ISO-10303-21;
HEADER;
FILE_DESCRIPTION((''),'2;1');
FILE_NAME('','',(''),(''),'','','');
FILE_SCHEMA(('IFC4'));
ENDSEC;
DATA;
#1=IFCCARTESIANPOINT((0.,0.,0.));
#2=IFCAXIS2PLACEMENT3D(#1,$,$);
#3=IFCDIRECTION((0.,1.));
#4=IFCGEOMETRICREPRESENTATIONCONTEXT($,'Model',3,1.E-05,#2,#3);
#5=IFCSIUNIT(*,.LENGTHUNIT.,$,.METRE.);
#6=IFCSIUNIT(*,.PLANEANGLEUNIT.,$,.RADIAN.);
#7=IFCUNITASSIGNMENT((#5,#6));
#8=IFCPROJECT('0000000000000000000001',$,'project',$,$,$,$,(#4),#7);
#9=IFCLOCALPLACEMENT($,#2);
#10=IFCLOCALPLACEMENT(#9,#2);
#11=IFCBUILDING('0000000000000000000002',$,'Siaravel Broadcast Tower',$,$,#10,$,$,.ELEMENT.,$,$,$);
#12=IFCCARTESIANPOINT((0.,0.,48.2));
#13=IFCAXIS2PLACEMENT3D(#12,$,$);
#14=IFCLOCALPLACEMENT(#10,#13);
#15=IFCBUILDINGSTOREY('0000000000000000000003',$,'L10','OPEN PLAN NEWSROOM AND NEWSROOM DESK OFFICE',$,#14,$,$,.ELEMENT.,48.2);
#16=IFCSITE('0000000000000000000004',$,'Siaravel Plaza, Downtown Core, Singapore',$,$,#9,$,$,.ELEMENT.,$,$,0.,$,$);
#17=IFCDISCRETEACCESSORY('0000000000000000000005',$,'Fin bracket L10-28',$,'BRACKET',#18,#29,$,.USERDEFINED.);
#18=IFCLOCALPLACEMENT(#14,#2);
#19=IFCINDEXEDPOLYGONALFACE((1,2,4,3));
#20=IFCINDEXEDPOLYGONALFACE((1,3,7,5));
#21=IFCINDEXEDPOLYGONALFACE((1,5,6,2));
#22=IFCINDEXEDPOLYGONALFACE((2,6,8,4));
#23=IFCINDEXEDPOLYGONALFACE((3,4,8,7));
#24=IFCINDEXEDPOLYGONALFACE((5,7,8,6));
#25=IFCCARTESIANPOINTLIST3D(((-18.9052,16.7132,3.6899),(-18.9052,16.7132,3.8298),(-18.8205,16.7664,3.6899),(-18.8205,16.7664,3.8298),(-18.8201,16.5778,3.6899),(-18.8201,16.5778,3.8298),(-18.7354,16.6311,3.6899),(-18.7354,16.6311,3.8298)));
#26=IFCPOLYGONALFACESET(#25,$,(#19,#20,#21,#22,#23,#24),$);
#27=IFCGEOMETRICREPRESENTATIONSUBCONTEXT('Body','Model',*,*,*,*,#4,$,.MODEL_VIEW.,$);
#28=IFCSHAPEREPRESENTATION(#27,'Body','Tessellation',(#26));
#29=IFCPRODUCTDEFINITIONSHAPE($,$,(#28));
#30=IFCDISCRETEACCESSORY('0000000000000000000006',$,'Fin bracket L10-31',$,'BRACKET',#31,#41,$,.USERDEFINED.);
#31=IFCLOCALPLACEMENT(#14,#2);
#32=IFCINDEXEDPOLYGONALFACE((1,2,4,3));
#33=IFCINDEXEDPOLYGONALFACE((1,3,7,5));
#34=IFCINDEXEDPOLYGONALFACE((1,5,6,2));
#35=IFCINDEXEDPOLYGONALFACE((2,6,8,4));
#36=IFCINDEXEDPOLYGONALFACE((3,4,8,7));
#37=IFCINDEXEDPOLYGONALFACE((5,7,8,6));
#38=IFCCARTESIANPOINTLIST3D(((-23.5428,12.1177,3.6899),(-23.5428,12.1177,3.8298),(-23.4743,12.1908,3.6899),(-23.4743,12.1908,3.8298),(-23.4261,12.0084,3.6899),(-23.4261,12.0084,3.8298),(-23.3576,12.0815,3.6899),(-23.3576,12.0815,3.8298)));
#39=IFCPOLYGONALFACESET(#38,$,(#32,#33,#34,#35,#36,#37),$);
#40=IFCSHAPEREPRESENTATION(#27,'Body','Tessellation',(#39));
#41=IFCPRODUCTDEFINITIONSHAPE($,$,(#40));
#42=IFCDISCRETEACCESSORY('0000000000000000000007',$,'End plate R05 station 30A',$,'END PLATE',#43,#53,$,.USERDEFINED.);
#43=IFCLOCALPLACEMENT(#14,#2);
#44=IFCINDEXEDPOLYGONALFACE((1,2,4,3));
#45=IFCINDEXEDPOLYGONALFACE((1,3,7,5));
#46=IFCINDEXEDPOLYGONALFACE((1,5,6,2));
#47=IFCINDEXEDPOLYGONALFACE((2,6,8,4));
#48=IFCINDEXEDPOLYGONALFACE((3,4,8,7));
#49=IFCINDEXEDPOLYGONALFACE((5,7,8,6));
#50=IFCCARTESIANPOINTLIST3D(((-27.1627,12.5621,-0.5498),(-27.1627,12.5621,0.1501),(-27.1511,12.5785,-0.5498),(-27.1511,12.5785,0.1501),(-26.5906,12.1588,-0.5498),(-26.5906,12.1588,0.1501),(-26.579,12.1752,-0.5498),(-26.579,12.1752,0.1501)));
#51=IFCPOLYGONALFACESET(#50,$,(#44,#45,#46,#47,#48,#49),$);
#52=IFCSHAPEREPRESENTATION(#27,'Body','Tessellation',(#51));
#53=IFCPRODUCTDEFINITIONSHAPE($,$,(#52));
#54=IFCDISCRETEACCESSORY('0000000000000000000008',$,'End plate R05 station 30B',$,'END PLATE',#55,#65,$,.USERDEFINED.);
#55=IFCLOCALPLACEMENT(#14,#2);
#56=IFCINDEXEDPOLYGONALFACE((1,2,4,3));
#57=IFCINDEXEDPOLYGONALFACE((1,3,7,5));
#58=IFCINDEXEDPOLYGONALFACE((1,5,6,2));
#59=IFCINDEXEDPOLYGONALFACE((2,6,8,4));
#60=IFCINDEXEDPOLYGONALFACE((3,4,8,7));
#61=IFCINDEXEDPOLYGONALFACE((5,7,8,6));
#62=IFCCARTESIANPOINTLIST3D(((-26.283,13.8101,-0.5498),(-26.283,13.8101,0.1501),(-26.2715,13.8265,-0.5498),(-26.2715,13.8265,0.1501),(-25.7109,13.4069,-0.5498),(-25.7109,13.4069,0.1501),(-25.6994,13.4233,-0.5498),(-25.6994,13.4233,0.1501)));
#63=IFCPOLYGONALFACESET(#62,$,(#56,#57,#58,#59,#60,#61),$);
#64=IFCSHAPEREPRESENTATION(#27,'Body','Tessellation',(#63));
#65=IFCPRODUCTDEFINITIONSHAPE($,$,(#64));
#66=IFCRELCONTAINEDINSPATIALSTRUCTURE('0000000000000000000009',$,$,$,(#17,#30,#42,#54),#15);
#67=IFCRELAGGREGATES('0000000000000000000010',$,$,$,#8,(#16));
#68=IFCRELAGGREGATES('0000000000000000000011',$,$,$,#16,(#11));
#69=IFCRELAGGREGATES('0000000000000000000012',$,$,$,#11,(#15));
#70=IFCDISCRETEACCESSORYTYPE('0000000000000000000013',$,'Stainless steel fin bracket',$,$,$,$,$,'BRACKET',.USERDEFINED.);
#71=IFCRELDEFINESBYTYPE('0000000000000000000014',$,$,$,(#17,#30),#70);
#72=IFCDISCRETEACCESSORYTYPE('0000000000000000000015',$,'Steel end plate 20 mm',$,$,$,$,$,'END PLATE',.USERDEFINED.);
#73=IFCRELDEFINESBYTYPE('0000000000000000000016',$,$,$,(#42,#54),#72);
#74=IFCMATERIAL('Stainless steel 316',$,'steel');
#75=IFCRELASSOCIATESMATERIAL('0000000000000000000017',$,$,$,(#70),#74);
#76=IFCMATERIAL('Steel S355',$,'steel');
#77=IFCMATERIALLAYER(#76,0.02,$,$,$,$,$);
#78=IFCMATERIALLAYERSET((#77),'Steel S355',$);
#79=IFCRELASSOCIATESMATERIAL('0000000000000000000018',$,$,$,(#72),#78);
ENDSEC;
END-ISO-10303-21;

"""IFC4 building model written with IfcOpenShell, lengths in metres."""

from ifc_helpers import new_model, si_unit, direction, frame, origin, origin_2d, place, context, subcontext, project, spatial, rectangle, extrude, material, layer, layer_set, type_object, element, save


model = new_model("IFC4")

# Units and contexts
model_context = context("Model", 3, precision=1e-05, world=origin(), true_north=direction((0.0, 1.0)))
body_context = subcontext(model_context, "Body", "Model", "MODEL_VIEW")
ifc_project = project(units=[si_unit("LENGTHUNIT", "METRE"), si_unit("PLANEANGLEUNIT", "RADIAN")], contexts=[model_context])

# Site, building, storey
site_placement = place(None, origin())
site = spatial("IfcSite", under=ifc_project, at=site_placement, Name="Siaravel Plaza, Downtown Core, Singapore", CompositionType="ELEMENT", RefElevation=0.0)
building_placement = place(site_placement, origin())
building = spatial("IfcBuilding", under=site, at=building_placement, Name="Siaravel Broadcast Tower", CompositionType="ELEMENT")
storey_placement = place(building_placement, frame((0.0, 0.0, 48.2)))
storey = spatial("IfcBuildingStorey", under=building, at=storey_placement, Name="L10", Description="OPEN PLAN NEWSROOM AND NEWSROOM DESK OFFICE", CompositionType="ELEMENT", Elevation=48.2)

# Shared definitions
ifc_material_1 = material(Name="Steel S355", Category="steel")

# Discrete accessories
ifc_material_2 = material(Name="Stainless steel 316", Category="steel")
discrete_accessory_type_1 = type_object("IfcDiscreteAccessoryType", Name="Stainless steel fin bracket", ElementType="BRACKET", PredefinedType="USERDEFINED", material=ifc_material_2)
for number, where, z_axis, x_axis, name in (
    (1, (-18.8203, 16.6721, 3.6899), (0.0, 0.0, 1.0), (-0.532149, 0.84665, 0.0), "Fin bracket L10-28"),
    (2, (-23.4502, 12.0996, 3.6899), (0.0, 0.0, 1.0), (-0.729806, 0.683655, 0.0), "Fin bracket L10-31"),
):
    element("IfcDiscreteAccessory", number, at=place(storey_placement, frame(where, z_axis=z_axis, x_axis=x_axis)), inside=storey, type_object=discrete_accessory_type_1, Name=name, ObjectType="BRACKET", PredefinedType="USERDEFINED", context=body_context, shape_type="SweptSolid", body=[
        extrude(rectangle(XDim=0.1599, YDim=0.1001, at=origin_2d()), origin(), (0.0, 0.0, 1.0), 0.1399),
    ])
ifc_layer_1 = layer(ifc_material_1, 0.02)
ifc_layer_set_1 = layer_set([ifc_layer_1], Name="Steel S355")
discrete_accessory_type_2 = type_object("IfcDiscreteAccessoryType", Name="Steel end plate 20 mm", ElementType="END PLATE", PredefinedType="USERDEFINED", material=ifc_layer_set_1)
for number, where, z_axis, x_axis, name in (
    (3, (-26.8708, 12.3687, -0.5498), (0.0, 0.0, 1.0), (-0.576119, -0.817366, 0.0), "End plate R05 station 30A"),
    (4, (-25.9912, 13.6167, -0.5498), (0.0, 0.0, 1.0), (-0.576119, -0.817366, 0.0), "End plate R05 station 30B"),
):
    element("IfcDiscreteAccessory", number, at=place(storey_placement, frame(where, z_axis=z_axis, x_axis=x_axis)), inside=storey, type_object=discrete_accessory_type_2, Name=name, ObjectType="END PLATE", PredefinedType="USERDEFINED", context=body_context, shape_type="SweptSolid", body=[
        extrude(rectangle(XDim=0.02, YDim=0.7, at=origin_2d()), origin(), (0.0, 0.0, 1.0), 0.7),
    ])

save(model, "model.ifc")
